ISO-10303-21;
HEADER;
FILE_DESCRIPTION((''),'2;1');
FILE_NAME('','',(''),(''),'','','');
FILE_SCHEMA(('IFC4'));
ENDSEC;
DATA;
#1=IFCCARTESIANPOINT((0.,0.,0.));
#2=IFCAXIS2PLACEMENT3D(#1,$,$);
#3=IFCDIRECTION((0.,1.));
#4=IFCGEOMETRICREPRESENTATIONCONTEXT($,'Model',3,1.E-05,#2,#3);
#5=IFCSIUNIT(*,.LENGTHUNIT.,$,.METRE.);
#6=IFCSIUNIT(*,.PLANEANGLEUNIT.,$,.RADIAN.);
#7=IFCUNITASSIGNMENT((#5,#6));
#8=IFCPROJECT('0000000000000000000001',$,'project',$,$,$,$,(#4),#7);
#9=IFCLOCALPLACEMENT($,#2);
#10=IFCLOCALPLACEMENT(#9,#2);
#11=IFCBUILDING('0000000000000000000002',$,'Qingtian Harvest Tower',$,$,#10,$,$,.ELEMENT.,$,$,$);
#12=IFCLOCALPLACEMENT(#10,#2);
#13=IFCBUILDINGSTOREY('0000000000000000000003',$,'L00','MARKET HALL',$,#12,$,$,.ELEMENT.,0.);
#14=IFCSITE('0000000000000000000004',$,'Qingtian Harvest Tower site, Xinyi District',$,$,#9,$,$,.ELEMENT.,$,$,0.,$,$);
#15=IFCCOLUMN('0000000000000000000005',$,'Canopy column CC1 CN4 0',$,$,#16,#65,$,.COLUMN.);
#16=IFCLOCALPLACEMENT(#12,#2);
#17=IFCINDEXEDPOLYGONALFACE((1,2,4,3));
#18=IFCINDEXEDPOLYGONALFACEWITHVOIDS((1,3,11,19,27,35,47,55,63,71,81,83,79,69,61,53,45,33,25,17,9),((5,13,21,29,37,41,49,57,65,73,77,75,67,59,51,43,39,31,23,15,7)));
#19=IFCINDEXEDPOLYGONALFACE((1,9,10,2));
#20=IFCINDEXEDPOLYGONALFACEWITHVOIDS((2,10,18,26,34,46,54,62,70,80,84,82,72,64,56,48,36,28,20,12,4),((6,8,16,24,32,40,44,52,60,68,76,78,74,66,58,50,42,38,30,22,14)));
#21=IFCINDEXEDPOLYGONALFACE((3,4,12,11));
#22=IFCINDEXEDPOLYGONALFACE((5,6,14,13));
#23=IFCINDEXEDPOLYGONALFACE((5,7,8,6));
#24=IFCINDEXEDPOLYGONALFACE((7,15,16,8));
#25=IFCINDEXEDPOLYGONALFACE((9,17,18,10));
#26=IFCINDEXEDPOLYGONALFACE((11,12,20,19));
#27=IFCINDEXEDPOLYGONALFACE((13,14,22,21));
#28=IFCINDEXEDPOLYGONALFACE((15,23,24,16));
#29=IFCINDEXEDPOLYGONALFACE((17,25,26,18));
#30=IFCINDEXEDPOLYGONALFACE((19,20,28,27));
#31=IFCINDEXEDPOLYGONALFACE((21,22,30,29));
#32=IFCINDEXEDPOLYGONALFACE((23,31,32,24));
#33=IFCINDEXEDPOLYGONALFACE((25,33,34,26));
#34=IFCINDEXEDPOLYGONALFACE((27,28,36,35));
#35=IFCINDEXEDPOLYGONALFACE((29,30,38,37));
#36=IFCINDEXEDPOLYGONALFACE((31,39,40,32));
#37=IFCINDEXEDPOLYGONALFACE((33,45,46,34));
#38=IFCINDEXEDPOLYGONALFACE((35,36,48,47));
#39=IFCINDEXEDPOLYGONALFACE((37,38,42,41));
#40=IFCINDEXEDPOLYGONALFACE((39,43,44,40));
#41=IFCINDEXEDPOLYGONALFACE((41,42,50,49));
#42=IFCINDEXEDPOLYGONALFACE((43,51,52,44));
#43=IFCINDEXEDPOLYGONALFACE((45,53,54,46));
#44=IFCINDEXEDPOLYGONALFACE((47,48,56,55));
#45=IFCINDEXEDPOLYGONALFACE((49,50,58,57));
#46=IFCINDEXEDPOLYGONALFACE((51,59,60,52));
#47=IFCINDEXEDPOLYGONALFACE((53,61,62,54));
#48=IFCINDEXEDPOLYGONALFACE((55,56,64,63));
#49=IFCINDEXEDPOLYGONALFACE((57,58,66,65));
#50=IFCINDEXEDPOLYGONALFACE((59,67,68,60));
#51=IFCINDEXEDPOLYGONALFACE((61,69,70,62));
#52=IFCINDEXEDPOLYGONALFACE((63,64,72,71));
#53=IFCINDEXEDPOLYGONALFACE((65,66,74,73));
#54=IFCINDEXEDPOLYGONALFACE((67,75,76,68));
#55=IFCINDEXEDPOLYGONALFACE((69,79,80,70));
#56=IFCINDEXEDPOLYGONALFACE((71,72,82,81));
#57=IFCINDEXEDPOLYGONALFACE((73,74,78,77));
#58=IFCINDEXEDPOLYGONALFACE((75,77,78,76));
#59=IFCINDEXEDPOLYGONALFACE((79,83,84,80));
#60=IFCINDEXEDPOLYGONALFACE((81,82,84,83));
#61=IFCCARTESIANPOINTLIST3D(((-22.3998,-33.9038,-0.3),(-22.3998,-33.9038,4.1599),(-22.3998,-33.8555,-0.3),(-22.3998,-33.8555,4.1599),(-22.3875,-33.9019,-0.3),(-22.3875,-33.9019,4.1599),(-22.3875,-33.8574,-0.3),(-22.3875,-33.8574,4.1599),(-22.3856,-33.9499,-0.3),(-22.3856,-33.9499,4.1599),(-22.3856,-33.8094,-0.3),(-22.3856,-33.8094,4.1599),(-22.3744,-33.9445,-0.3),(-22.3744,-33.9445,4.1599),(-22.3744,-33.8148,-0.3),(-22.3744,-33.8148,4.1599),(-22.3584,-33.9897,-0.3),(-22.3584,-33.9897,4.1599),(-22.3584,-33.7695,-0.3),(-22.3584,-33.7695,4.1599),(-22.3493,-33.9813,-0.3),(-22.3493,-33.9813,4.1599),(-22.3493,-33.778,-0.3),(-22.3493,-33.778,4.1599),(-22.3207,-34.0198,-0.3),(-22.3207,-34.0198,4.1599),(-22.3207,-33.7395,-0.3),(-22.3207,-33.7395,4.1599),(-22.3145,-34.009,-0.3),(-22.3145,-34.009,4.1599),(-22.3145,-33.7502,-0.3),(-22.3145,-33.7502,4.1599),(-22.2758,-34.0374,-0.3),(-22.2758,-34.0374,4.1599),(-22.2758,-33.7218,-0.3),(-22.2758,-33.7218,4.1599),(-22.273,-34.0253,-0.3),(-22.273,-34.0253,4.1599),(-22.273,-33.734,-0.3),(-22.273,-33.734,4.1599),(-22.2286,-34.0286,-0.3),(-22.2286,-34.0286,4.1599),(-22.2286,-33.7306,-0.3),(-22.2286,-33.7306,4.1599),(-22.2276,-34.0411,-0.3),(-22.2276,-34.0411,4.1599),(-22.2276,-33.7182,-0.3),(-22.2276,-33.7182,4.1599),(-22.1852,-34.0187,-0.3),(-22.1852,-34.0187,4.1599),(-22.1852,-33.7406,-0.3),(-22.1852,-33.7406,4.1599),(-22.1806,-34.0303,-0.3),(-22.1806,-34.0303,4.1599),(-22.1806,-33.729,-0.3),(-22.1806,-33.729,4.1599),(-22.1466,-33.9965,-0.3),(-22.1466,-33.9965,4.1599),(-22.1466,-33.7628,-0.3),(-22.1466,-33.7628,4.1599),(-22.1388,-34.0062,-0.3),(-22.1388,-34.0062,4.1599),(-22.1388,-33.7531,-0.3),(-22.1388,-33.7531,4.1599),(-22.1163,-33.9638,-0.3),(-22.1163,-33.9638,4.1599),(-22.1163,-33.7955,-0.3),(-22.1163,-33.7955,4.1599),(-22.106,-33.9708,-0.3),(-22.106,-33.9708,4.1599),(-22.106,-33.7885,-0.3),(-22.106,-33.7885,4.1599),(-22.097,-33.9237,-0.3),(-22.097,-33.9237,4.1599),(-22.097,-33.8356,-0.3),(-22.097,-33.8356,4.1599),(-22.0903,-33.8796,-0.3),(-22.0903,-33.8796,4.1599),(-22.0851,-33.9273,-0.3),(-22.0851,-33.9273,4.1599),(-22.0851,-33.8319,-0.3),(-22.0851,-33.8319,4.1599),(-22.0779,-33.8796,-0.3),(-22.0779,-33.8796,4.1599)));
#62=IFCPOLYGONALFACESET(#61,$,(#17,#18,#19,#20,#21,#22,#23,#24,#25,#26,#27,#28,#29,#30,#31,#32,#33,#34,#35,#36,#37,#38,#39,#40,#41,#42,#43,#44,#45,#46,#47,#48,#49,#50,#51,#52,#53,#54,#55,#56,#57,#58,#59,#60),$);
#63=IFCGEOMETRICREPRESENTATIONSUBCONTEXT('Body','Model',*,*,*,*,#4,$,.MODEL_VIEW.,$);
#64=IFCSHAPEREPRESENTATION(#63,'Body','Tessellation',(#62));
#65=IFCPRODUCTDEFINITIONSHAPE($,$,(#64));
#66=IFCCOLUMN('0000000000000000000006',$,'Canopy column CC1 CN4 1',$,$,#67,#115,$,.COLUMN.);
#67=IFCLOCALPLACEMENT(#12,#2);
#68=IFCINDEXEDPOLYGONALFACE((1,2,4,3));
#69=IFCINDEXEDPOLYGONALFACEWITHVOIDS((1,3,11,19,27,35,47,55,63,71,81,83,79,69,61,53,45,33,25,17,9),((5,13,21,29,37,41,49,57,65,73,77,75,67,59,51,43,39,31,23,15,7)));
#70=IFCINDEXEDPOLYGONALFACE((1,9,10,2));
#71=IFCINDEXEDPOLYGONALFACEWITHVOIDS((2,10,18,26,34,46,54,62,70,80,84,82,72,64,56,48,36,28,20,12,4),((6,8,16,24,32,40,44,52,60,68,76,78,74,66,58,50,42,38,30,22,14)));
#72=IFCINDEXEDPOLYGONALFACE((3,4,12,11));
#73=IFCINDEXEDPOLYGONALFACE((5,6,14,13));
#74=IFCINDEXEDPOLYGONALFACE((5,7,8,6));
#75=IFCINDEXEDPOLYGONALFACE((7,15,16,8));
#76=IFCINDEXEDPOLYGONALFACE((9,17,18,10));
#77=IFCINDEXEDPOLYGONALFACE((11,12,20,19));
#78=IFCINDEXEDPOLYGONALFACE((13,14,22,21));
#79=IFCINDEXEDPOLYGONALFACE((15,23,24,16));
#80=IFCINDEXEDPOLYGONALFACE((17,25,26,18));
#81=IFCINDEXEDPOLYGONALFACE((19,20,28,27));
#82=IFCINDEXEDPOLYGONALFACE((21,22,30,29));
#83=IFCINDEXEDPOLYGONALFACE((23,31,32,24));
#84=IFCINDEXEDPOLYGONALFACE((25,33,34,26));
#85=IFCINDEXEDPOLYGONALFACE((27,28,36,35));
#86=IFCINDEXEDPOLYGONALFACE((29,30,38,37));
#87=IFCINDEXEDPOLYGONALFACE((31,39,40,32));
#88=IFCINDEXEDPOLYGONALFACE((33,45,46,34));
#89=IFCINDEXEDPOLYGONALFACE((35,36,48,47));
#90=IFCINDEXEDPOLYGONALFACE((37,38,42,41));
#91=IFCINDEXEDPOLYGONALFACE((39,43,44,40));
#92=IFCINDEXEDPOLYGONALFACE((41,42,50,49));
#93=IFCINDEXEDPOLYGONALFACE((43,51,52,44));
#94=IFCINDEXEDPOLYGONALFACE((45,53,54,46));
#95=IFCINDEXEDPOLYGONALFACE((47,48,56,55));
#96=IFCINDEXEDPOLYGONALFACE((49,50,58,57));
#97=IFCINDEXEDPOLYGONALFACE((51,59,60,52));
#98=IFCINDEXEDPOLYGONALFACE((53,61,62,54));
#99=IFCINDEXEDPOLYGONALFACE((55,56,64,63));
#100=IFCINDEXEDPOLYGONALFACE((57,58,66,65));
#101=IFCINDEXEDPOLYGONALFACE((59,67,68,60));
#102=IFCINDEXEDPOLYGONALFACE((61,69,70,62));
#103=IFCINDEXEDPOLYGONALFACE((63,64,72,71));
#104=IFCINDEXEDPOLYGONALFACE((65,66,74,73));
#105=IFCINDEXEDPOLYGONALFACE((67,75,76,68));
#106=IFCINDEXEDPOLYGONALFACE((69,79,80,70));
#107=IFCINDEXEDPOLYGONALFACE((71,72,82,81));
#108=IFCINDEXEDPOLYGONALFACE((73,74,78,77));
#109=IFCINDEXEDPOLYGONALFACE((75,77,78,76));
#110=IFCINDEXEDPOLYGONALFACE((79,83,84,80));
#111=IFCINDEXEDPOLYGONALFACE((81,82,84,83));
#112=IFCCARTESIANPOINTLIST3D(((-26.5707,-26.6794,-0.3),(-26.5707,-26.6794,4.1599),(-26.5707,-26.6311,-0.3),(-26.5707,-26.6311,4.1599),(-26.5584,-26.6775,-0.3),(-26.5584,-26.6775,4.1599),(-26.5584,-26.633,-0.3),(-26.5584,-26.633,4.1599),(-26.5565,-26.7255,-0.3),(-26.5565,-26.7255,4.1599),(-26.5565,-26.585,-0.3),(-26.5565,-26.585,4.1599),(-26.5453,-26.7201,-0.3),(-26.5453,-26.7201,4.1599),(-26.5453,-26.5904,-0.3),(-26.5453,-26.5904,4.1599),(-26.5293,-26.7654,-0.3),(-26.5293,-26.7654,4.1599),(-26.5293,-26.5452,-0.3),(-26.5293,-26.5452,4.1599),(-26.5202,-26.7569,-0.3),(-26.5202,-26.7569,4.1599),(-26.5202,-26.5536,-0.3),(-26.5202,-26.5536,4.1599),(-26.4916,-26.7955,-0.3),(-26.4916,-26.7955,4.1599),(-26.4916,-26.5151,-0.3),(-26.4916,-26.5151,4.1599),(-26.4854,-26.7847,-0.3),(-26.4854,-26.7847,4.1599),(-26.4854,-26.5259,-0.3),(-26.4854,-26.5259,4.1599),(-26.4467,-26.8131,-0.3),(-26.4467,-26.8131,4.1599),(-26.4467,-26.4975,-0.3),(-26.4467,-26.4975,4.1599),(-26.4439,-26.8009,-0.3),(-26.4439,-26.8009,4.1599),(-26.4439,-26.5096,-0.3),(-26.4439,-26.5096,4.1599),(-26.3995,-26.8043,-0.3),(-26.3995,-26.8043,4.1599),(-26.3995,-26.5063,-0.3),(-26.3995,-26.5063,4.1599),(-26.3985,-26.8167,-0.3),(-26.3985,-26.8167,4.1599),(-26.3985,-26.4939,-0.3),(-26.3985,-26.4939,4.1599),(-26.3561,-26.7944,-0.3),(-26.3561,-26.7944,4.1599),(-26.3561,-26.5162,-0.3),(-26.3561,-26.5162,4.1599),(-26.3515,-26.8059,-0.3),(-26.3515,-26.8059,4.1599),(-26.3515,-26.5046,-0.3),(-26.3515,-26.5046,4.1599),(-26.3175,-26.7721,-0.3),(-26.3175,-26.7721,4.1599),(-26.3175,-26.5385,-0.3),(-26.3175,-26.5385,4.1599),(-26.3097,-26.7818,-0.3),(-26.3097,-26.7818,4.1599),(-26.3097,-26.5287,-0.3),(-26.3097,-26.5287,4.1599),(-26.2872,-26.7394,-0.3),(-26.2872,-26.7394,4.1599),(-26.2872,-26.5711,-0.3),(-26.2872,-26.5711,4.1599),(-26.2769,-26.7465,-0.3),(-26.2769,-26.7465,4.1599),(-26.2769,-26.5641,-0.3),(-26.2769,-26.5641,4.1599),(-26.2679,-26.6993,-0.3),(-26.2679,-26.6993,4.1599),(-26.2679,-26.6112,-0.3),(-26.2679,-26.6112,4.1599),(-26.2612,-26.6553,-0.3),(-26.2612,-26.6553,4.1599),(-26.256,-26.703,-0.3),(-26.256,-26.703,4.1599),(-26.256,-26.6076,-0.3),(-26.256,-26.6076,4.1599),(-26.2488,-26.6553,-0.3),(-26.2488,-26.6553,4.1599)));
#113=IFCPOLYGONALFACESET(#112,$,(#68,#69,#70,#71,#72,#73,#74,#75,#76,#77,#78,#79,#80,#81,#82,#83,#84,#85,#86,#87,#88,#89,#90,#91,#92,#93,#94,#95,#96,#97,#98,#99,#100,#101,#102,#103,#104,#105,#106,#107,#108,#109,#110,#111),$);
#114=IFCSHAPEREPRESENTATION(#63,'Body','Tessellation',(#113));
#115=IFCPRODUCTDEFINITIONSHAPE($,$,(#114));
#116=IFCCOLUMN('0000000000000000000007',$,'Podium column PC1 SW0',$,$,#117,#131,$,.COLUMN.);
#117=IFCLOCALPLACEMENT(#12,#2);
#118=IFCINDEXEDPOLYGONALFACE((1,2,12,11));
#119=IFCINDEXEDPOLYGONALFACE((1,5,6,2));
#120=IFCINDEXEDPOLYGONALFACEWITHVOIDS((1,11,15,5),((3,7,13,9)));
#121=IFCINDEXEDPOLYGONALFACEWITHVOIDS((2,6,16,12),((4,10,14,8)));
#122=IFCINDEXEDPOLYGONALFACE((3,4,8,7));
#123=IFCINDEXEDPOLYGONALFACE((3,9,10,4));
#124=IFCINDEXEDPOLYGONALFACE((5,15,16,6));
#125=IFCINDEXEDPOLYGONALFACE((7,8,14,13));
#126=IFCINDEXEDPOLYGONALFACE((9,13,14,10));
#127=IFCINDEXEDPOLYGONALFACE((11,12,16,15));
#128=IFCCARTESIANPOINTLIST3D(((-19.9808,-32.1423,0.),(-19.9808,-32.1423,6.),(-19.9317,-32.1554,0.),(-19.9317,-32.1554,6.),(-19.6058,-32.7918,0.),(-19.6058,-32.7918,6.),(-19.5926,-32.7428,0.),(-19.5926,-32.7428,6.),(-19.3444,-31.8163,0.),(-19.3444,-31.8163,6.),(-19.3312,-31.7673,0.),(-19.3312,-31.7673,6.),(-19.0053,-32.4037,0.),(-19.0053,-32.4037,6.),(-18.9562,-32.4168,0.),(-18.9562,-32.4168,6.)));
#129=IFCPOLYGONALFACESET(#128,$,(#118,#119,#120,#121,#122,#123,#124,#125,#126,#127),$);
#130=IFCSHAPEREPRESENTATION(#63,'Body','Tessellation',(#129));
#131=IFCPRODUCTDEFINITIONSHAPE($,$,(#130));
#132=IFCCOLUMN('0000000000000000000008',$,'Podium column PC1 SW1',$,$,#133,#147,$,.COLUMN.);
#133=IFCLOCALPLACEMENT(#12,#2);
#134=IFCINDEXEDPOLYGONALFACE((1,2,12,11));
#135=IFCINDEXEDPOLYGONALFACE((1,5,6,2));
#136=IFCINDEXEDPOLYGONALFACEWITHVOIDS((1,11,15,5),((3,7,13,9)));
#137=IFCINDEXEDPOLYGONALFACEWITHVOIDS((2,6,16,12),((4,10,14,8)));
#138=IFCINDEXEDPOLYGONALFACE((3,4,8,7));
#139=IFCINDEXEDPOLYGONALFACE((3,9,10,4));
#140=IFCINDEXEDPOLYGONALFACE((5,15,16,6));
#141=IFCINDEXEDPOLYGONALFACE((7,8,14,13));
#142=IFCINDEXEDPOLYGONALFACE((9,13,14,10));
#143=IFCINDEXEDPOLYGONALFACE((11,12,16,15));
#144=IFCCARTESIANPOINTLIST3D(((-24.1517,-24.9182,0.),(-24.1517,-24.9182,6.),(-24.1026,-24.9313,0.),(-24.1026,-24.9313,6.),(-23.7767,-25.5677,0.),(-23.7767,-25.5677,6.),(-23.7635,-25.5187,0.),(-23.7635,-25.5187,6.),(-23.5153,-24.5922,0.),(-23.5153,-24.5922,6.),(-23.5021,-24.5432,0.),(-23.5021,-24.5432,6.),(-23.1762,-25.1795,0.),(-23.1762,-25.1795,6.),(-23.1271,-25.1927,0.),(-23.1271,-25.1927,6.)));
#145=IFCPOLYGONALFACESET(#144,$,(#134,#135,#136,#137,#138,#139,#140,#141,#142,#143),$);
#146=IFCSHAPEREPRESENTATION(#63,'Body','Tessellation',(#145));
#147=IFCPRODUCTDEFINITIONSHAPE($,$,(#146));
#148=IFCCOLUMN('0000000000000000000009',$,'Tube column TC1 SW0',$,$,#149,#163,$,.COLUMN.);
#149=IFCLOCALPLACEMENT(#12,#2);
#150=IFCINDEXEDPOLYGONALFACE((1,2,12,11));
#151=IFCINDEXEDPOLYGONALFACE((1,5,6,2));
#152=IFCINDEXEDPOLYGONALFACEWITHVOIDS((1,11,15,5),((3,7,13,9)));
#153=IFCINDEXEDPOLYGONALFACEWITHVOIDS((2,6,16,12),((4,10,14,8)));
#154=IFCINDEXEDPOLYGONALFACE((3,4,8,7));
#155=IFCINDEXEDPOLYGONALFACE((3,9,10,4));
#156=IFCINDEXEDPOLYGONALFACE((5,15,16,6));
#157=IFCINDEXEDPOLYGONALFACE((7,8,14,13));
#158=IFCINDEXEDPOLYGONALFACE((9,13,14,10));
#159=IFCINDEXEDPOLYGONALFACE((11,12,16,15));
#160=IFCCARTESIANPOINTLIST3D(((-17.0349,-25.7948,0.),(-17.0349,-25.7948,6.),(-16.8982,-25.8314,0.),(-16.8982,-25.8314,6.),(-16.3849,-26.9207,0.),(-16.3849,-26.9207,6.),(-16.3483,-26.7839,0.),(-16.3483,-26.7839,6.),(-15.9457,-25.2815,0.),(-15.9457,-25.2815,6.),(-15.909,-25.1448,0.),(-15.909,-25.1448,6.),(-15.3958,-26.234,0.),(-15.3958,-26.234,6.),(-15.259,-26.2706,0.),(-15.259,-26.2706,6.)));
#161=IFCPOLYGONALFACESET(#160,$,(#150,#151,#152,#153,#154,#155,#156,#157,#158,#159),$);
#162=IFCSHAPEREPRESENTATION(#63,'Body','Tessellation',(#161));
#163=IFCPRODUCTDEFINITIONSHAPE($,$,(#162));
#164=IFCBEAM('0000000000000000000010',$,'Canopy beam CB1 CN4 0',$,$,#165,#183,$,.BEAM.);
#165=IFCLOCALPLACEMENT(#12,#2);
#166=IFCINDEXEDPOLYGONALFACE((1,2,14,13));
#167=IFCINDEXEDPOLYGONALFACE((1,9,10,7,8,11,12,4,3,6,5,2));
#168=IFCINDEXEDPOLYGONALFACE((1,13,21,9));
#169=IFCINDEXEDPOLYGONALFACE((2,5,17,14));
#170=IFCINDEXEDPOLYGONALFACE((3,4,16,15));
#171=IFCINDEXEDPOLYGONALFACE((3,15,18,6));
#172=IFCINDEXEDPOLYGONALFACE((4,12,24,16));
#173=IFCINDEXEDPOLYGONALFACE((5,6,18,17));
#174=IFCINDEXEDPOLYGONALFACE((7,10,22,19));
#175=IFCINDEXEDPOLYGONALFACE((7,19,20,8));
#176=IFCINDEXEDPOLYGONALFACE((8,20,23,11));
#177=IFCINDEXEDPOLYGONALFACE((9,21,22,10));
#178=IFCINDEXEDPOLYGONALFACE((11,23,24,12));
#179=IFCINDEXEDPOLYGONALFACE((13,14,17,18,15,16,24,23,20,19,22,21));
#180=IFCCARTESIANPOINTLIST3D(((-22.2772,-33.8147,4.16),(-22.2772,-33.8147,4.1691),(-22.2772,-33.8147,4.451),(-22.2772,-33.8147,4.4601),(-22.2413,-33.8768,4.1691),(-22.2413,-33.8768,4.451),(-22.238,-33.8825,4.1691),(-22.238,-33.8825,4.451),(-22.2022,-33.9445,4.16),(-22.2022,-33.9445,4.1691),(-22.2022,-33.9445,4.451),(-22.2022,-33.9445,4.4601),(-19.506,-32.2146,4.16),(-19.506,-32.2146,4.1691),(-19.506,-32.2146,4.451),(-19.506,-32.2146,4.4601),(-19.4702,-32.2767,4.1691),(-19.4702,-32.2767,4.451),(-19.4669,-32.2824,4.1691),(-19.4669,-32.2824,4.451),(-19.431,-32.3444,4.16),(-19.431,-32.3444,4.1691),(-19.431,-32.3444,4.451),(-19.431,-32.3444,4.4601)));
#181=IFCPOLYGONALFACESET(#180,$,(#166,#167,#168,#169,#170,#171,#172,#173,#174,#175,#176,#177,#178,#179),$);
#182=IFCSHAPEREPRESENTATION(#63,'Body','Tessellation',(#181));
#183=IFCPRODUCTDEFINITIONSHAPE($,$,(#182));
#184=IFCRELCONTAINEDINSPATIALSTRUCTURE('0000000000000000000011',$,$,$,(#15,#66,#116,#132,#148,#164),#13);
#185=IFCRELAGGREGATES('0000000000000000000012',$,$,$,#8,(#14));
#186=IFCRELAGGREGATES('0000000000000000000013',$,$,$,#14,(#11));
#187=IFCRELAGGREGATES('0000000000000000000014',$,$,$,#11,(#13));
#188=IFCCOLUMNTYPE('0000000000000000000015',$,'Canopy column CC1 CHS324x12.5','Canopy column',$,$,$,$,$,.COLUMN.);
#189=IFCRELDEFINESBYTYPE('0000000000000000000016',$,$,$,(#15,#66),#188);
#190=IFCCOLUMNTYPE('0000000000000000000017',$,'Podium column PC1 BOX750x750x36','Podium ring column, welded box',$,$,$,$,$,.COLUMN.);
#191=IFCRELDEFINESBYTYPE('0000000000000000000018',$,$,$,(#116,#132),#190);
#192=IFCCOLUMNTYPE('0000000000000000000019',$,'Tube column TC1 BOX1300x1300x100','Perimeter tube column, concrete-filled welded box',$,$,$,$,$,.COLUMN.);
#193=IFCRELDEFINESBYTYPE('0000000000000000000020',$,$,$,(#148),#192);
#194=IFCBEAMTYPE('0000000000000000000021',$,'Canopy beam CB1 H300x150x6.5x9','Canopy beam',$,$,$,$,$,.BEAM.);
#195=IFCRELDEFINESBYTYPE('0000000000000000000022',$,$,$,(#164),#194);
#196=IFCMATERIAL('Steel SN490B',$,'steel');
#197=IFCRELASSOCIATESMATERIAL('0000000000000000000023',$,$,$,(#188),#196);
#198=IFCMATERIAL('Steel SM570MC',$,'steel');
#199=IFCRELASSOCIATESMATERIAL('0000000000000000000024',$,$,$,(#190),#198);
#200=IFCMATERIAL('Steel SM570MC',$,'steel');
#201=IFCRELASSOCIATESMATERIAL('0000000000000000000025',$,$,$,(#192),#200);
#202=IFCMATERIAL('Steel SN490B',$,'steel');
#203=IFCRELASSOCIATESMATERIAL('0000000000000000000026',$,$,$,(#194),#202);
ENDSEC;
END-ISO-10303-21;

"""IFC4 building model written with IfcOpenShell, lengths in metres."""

from ifc_helpers import new_model, si_unit, direction, frame, origin, origin_2d, place, context, subcontext, project, spatial, hollow_rectangle, hollow_circle, i_section, extrude, material, material_profile, profile_set, type_object, element, save


model = new_model("IFC4")

# Units and contexts
model_context = context("Model", 3, precision=1e-05, world=origin(), true_north=direction((0.0, 1.0)))
body_context = subcontext(model_context, "Body", "Model", "MODEL_VIEW")
ifc_project = project(units=[si_unit("LENGTHUNIT", "METRE"), si_unit("PLANEANGLEUNIT", "RADIAN")], contexts=[model_context])

# Site, building, storey
site_placement = place(None, origin())
site = spatial("IfcSite", under=ifc_project, at=site_placement, Name="Qingtian Harvest Tower site, Xinyi District", CompositionType="ELEMENT", RefElevation=0.0)
building_placement = place(site_placement, origin())
building = spatial("IfcBuilding", under=site, at=building_placement, Name="Qingtian Harvest Tower", CompositionType="ELEMENT")
storey_placement = place(building_placement, origin())
storey = spatial("IfcBuildingStorey", under=building, at=storey_placement, Name="L00", Description="MARKET HALL", CompositionType="ELEMENT", Elevation=0.0)

# Columns
ifc_material_1 = material(Name="Steel SN490B", Category="steel")
ifc_material_profile_1 = material_profile(ifc_material_1, hollow_circle(Radius=0.1619, WallThickness=0.0125, at=origin_2d()), Name="CHS324x12.5")
ifc_profile_set_1 = profile_set([ifc_material_profile_1], Name="Steel SN490B")
column_type_1 = type_object("IfcColumnType", Name="Canopy column CC1 CHS324x12.5", Description="Canopy column", PredefinedType="COLUMN", material=ifc_profile_set_1)
for number, where, z_axis, x_axis, name in (
    (1, (-22.2397, -33.8796, -0.3), (0.0, 0.0, 1.0), (1.0, 0.0, 0.0), "Canopy column CC1 CN4 0"),
    (2, (-26.4106, -26.6553, -0.3), (0.0, 0.0, 1.0), (1.0, 0.0, 0.0), "Canopy column CC1 CN4 1"),
):
    element("IfcColumn", number, at=place(storey_placement, frame(where, z_axis=z_axis, x_axis=x_axis)), inside=storey, type_object=column_type_1, Name=name, PredefinedType="COLUMN", context=body_context, shape_type="SweptSolid", body=[
        extrude(hollow_circle(Radius=0.1619, WallThickness=0.0125, at=origin_2d()), origin(), (0.0, 0.0, 1.0), 4.46),
    ])
ifc_material_2 = material(Name="Steel SM570MC", Category="steel")
ifc_material_profile_2 = material_profile(ifc_material_2, hollow_rectangle(XDim=0.75, YDim=0.75, WallThickness=0.0359, at=origin_2d()), Name="BOX750x750x36")
ifc_profile_set_2 = profile_set([ifc_material_profile_2], Name="Steel SM570MC")
column_type_2 = type_object("IfcColumnType", Name="Podium column PC1 BOX750x750x36", Description="Podium ring column, welded box", PredefinedType="COLUMN", material=ifc_profile_set_2)
for number, where, z_axis, x_axis, name in (
    (3, (-19.4685, -32.2795, 0.0), (0.0, 0.0, 1.0), (0.5, -0.866025, 0.0), "Podium column PC1 SW0"),
    (4, (-23.6394, -25.0554, 0.0), (0.0, 0.0, 1.0), (0.5, -0.866025, 0.0), "Podium column PC1 SW1"),
):
    element("IfcColumn", number, at=place(storey_placement, frame(where, z_axis=z_axis, x_axis=x_axis)), inside=storey, type_object=column_type_2, Name=name, PredefinedType="COLUMN", context=body_context, shape_type="SweptSolid", body=[
        extrude(hollow_rectangle(XDim=0.75, YDim=0.75, WallThickness=0.0359, at=origin_2d()), origin(), (0.0, 0.0, 1.0), 6.0),
    ])
ifc_material_3 = material(Name="Steel SM570MC", Category="steel")
ifc_material_profile_3 = material_profile(ifc_material_3, hollow_rectangle(XDim=1.3, YDim=1.3, WallThickness=0.1001, at=origin_2d()), Name="BOX1300x1300x100")
ifc_profile_set_3 = profile_set([ifc_material_profile_3], Name="Steel SM570MC")
column_type_3 = type_object("IfcColumnType", Name="Tube column TC1 BOX1300x1300x100", Description="Perimeter tube column, concrete-filled welded box", PredefinedType="COLUMN", material=ifc_profile_set_3)
column_placement = place(storey_placement, frame((-16.147, -26.0327, 0.0), z_axis=(0.0, 0.0, 1.0), x_axis=(0.5, -0.866025, 0.0)))
element("IfcColumn", 5, at=column_placement, inside=storey, type_object=column_type_3, Name="Tube column TC1 SW0", PredefinedType="COLUMN", context=body_context, shape_type="SweptSolid", body=[
    extrude(hollow_rectangle(XDim=1.3, YDim=1.3, WallThickness=0.1001, at=origin_2d()), origin(), (0.0, 0.0, 1.0), 6.0),
])

# Beam
ifc_material_4 = material(Name="Steel SN490B", Category="steel")
ifc_material_profile_4 = material_profile(ifc_material_4, i_section(OverallWidth=0.1499, OverallDepth=0.3, WebThickness=0.0066, FlangeThickness=0.009, at=origin_2d()), Name="H300x150x6.5x9")
ifc_profile_set_4 = profile_set([ifc_material_profile_4], Name="Steel SN490B")
beam_type_1 = type_object("IfcBeamType", Name="Canopy beam CB1 H300x150x6.5x9", Description="Canopy beam", PredefinedType="BEAM", material=ifc_profile_set_4)
for number, where, z_axis, x_axis, name in (
    (6, (-19.4685, -32.2795, 4.3101), (-0.866009, -0.500028, 0.0), (0.500028, -0.866009, 0.0), "Canopy beam CB1 CN4 0"),
):
    element("IfcBeam", number, at=place(storey_placement, frame(where, z_axis=z_axis, x_axis=x_axis)), inside=storey, type_object=beam_type_1, Name=name, PredefinedType="BEAM", context=body_context, shape_type="SweptSolid", body=[
        extrude(i_section(OverallWidth=0.1499, OverallDepth=0.3, WebThickness=0.0066, FlangeThickness=0.009, at=origin_2d()), origin(), (0.0, 0.0, 1.0), 3.2),
    ])

save(model, "model.ifc")
